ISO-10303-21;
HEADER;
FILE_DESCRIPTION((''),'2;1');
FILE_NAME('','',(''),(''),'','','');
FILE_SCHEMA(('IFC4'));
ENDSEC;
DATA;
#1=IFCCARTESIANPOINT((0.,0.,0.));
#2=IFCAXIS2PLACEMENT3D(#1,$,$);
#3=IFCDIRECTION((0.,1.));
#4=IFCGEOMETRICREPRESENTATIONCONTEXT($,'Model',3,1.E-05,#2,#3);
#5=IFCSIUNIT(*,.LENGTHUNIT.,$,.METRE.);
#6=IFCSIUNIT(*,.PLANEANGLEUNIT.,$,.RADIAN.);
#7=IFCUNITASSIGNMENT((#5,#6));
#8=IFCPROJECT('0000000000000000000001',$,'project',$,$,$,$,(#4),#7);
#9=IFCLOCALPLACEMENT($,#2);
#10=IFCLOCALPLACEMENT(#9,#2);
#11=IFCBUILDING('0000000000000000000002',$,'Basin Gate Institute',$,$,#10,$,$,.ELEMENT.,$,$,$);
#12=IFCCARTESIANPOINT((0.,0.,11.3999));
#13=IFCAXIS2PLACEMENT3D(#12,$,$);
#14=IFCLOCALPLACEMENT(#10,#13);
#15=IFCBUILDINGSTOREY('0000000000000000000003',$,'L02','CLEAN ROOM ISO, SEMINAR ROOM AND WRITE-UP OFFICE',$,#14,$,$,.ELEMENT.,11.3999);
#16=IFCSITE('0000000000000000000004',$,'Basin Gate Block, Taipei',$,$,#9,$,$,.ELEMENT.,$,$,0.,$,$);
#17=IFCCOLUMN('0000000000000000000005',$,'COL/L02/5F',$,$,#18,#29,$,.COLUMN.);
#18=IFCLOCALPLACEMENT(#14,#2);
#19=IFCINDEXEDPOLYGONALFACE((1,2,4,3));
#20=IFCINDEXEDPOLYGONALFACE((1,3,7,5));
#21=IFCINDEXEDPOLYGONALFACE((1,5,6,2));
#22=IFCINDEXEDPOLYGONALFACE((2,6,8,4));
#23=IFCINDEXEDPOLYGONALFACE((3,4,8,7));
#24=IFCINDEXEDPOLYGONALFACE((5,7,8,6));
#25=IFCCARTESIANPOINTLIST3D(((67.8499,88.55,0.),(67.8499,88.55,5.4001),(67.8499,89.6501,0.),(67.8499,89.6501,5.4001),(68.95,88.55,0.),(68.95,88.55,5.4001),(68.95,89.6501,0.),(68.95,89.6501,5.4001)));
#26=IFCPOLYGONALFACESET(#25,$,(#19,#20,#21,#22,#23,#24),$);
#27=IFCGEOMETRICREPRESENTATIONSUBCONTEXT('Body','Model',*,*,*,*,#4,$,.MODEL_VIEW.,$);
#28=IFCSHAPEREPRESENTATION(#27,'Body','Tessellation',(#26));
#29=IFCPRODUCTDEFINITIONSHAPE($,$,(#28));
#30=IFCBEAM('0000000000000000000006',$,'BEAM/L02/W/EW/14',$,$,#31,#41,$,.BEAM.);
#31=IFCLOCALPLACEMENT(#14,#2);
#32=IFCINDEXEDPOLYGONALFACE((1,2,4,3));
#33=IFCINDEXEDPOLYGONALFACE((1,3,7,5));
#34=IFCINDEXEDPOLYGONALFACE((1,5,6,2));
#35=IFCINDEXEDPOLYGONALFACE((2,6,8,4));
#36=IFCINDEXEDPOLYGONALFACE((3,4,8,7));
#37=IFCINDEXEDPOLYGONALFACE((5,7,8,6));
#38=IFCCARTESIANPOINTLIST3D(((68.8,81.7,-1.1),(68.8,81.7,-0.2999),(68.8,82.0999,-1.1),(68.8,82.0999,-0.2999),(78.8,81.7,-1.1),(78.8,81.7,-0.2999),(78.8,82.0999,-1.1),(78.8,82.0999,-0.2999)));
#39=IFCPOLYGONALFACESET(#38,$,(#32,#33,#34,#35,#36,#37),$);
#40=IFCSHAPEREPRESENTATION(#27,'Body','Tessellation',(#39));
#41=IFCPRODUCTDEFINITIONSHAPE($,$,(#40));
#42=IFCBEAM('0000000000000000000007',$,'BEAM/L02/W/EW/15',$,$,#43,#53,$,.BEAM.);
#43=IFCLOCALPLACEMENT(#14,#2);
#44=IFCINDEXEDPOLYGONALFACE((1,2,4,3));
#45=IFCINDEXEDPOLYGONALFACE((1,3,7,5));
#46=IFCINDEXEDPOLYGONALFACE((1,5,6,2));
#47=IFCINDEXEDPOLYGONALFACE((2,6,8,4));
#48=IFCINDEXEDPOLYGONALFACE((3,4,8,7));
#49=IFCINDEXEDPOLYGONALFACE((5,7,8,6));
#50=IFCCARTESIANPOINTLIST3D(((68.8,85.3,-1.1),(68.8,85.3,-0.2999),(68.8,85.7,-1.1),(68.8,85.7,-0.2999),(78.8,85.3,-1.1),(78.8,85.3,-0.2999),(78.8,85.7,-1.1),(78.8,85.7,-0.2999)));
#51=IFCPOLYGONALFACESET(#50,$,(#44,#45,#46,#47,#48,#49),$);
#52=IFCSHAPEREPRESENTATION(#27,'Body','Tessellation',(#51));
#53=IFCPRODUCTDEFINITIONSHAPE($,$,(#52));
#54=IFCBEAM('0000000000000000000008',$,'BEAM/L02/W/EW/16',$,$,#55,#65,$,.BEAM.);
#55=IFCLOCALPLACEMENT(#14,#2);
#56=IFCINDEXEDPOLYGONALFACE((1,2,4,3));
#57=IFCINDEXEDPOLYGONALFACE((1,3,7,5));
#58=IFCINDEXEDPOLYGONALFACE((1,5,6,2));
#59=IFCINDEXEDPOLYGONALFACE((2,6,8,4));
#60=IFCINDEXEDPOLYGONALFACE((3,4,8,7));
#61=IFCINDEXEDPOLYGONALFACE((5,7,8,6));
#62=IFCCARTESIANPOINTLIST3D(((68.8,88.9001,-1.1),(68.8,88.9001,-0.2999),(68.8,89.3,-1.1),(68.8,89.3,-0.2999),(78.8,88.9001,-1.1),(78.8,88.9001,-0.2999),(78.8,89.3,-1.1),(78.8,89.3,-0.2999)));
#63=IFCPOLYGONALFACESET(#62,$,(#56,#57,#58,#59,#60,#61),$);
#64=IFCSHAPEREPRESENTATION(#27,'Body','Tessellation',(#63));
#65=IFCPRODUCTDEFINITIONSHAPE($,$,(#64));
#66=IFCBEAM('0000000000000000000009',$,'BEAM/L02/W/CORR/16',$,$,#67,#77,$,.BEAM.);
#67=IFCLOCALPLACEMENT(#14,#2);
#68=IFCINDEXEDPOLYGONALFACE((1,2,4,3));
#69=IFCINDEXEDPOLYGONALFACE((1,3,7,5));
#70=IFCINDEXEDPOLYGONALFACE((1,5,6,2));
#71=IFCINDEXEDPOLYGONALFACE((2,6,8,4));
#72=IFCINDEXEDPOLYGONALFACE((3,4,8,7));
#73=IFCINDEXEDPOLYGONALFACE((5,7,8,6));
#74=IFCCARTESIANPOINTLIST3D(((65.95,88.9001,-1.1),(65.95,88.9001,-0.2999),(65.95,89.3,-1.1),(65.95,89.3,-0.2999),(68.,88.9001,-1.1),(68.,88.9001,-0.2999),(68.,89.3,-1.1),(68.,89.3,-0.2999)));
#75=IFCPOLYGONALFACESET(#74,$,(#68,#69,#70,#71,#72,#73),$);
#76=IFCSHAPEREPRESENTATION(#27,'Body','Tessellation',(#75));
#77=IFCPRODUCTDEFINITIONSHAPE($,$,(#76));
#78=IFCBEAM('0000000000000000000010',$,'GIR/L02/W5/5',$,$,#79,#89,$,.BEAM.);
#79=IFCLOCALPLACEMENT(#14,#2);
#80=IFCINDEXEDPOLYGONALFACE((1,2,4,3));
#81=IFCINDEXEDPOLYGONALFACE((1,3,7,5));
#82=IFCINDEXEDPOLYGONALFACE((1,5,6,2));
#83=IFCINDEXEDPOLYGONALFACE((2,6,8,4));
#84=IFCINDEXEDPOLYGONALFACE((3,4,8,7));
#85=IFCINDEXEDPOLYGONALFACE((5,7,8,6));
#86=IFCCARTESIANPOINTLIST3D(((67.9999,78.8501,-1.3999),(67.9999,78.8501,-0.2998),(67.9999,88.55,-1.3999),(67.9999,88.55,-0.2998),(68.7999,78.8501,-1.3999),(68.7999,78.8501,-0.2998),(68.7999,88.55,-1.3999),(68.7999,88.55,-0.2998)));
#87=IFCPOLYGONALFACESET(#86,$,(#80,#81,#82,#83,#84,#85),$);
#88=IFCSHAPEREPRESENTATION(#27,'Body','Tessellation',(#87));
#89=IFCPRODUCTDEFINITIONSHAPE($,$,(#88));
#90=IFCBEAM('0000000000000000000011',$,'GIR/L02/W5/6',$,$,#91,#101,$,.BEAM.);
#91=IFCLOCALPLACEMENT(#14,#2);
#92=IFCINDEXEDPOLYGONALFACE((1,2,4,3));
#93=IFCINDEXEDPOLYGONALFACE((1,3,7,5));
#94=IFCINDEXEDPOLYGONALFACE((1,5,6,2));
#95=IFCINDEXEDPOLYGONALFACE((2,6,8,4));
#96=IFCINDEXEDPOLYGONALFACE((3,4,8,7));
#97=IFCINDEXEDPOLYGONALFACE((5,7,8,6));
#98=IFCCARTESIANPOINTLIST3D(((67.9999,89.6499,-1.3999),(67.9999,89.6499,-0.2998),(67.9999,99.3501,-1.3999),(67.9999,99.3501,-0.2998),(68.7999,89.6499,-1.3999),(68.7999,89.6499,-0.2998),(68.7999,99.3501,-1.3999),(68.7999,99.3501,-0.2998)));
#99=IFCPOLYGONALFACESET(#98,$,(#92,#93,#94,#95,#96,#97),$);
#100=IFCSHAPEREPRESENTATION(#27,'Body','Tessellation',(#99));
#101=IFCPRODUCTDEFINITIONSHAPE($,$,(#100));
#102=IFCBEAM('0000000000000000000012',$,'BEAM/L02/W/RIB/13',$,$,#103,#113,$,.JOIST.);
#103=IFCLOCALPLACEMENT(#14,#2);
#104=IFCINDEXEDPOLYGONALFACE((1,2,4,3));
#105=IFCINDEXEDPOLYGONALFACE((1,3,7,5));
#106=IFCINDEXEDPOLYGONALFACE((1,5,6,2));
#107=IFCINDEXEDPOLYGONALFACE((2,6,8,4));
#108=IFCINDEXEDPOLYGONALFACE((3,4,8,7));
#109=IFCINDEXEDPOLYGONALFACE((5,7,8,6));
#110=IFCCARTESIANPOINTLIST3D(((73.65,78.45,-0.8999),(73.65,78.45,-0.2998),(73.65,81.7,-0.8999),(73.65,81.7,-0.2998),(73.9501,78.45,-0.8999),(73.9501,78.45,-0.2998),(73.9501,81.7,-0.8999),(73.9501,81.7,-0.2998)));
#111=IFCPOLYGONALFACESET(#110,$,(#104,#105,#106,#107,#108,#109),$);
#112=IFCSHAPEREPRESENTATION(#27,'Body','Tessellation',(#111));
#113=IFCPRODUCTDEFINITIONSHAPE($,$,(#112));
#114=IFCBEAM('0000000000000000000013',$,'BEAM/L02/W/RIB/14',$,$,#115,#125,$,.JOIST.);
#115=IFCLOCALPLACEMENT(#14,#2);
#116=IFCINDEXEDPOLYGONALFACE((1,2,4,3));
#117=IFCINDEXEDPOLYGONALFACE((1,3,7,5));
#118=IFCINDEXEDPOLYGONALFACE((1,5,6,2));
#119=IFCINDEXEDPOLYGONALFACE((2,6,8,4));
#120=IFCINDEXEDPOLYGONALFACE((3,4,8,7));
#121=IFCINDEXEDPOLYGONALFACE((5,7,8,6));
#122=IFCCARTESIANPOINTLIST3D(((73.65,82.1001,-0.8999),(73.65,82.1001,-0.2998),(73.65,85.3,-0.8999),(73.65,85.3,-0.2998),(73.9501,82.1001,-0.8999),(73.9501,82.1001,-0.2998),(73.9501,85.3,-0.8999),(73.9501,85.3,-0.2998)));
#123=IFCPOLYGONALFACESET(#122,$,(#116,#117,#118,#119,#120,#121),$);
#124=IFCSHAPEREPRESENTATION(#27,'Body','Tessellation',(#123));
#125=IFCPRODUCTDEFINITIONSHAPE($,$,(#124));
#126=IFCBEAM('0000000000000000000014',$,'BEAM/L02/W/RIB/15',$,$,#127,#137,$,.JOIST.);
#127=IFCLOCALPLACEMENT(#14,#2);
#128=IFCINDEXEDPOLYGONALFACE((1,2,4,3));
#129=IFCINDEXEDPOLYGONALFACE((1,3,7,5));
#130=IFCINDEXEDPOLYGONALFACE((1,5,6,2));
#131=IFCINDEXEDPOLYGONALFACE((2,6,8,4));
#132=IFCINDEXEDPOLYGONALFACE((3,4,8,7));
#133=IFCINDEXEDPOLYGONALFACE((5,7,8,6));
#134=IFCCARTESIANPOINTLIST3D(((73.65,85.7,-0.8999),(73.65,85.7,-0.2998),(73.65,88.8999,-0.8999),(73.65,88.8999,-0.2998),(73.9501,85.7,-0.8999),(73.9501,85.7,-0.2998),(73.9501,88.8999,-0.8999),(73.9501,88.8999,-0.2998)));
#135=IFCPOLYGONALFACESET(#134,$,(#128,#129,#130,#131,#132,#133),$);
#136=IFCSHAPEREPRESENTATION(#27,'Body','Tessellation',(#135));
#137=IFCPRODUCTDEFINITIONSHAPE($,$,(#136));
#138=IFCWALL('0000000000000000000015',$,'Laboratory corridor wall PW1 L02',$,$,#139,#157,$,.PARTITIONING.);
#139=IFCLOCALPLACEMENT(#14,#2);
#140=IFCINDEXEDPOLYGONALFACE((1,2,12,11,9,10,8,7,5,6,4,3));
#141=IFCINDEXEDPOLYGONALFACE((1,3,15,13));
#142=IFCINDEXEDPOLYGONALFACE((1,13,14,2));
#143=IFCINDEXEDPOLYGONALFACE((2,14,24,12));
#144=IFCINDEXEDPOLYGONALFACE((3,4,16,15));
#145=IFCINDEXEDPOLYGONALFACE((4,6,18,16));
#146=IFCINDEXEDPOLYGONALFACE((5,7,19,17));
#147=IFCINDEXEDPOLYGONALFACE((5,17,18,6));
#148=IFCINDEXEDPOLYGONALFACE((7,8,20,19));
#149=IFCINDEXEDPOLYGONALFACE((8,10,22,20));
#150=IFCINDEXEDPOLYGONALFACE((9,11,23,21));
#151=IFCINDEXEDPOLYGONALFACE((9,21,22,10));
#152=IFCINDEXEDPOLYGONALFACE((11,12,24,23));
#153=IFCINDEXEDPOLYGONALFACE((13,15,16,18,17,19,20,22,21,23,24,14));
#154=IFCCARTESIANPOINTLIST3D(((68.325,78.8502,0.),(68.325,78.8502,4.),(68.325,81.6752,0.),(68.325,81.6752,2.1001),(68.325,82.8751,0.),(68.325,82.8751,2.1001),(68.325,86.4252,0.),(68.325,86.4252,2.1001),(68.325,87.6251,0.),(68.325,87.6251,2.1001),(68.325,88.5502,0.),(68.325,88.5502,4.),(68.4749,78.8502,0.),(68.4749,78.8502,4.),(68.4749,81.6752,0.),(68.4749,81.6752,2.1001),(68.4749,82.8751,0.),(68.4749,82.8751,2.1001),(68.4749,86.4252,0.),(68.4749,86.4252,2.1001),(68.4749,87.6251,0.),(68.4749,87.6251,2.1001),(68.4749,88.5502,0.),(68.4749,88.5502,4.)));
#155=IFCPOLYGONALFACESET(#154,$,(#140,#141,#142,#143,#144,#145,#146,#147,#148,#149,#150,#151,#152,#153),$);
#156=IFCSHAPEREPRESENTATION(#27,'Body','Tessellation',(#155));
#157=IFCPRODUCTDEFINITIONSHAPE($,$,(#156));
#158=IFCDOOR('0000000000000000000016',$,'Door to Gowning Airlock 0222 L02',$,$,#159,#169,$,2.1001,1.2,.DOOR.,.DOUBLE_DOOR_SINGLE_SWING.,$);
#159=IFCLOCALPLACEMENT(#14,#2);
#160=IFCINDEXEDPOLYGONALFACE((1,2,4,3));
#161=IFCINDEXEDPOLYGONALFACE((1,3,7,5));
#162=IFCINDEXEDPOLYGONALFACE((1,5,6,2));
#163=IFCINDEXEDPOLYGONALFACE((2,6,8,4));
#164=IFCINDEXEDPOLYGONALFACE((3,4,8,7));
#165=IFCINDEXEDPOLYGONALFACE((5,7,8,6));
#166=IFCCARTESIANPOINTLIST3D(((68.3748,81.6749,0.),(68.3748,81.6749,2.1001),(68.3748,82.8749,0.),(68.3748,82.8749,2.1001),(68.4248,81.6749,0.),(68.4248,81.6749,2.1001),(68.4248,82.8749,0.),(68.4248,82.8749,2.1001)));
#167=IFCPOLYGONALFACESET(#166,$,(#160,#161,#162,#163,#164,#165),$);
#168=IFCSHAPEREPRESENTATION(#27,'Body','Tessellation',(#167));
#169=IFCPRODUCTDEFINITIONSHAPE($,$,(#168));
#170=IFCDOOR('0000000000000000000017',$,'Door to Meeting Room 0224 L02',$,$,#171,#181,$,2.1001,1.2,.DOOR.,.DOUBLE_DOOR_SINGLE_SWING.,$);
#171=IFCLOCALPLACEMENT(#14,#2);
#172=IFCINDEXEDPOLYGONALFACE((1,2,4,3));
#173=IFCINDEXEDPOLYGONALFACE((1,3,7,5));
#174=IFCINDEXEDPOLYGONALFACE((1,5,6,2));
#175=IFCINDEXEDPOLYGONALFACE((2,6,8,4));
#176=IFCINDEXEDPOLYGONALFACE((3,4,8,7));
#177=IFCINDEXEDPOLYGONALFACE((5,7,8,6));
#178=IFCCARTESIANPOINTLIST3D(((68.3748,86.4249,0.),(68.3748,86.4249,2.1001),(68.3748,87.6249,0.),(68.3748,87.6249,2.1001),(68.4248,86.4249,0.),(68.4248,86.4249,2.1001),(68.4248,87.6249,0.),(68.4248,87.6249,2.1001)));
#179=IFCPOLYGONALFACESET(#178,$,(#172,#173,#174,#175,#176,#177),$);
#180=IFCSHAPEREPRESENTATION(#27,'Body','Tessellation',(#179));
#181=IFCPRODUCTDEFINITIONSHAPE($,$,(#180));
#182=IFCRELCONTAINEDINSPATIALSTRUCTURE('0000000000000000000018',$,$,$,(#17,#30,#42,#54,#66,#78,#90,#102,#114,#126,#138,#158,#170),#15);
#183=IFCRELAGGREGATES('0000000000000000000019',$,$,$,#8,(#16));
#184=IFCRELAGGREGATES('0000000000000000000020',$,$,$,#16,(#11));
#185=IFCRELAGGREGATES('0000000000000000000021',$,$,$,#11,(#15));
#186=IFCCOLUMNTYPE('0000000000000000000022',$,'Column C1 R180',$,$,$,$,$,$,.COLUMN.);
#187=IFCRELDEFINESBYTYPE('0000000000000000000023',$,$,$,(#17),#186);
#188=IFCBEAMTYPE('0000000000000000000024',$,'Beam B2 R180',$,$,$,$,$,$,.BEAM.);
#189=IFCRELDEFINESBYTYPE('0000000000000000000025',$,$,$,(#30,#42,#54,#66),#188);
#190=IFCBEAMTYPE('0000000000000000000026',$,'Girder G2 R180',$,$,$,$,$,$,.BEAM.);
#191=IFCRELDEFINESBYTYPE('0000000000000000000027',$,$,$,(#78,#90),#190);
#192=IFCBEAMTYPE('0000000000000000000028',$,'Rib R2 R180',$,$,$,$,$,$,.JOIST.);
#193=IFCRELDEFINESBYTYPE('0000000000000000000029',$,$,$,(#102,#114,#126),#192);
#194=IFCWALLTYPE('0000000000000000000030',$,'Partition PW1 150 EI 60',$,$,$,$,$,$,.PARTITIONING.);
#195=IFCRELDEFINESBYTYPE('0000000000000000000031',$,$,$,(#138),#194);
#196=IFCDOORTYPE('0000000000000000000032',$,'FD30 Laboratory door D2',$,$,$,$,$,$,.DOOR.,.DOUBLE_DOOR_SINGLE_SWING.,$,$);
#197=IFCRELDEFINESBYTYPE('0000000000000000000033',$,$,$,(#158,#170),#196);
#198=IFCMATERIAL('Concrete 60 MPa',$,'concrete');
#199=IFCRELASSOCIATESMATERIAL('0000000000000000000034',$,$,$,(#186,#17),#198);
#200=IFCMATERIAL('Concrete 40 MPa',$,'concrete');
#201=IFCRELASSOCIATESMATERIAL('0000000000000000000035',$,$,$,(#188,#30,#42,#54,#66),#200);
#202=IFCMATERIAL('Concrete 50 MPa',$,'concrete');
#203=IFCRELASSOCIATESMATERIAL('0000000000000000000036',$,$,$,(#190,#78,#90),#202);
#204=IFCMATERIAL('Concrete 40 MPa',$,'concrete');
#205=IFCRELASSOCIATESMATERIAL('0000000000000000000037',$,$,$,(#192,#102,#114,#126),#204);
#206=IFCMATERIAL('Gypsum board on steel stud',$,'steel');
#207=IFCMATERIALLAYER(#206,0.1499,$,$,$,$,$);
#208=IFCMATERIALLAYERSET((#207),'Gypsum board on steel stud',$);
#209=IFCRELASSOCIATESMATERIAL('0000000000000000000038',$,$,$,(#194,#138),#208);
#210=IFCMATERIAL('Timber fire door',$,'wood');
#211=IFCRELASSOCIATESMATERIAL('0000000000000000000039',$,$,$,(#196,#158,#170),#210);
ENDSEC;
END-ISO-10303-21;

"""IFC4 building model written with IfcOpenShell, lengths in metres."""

from ifc_helpers import new_model, si_unit, direction, frame, frame_2d, origin, origin_2d, place, context, subcontext, project, spatial, rectangle, extrude, material, layer, layer_set, material_profile, profile_set, type_object, element, fill, save


model = new_model("IFC4")

# Units and contexts
model_context = context("Model", 3, precision=1e-05, world=origin(), true_north=direction((0.0, 1.0)))
body_context = subcontext(model_context, "Body", "Model", "MODEL_VIEW")
ifc_project = project(units=[si_unit("LENGTHUNIT", "METRE"), si_unit("PLANEANGLEUNIT", "RADIAN")], contexts=[model_context])

# Site, building, storey
site_placement = place(None, origin())
site = spatial("IfcSite", under=ifc_project, at=site_placement, Name="Basin Gate Block, Taipei", CompositionType="ELEMENT", RefElevation=0.0)
building_placement = place(site_placement, origin())
building = spatial("IfcBuilding", under=site, at=building_placement, Name="Basin Gate Institute", CompositionType="ELEMENT")
storey_placement = place(building_placement, frame((0.0, 0.0, 11.3999)))
storey = spatial("IfcBuildingStorey", under=building, at=storey_placement, Name="L02", Description="CLEAN ROOM ISO, SEMINAR ROOM AND WRITE-UP OFFICE", CompositionType="ELEMENT", Elevation=11.3999)

# Column
ifc_material_1 = material(Name="Concrete 60 MPa", Category="concrete")
ifc_material_profile_1 = material_profile(ifc_material_1, rectangle(XDim=1.1001, YDim=1.1001, at=origin_2d()), Name="Column C1 1100 x 1100")
ifc_profile_set_1 = profile_set([ifc_material_profile_1], Name="Concrete 60 MPa")
column_type = type_object("IfcColumnType", Name="Column C1 R180", PredefinedType="COLUMN", material=ifc_profile_set_1)
column_placement = place(storey_placement, frame((68.3999, 89.1001, 0.0), z_axis=(0.0, 0.0, 1.0), x_axis=(1.0, 0.0, 0.0)))
element("IfcColumn", 1, at=column_placement, inside=storey, type_object=column_type, material=ifc_profile_set_1, Name="COL/L02/5F", PredefinedType="COLUMN", context=body_context, shape_type="SweptSolid", body=[
    extrude(rectangle(XDim=1.1001, YDim=1.1001, at=origin_2d()), origin(), (0.0, 0.0, 1.0), 5.4001),
])

# Beams
ifc_material_2 = material(Name="Concrete 40 MPa", Category="concrete")
ifc_material_profile_2 = material_profile(ifc_material_2, rectangle(XDim=0.3999, YDim=0.8, at=origin_2d()), Name="Beam B2 400 x 800")
ifc_profile_set_2 = profile_set([ifc_material_profile_2], Name="Concrete 40 MPa")
beam_type_1 = type_object("IfcBeamType", Name="Beam B2 R180", PredefinedType="BEAM", material=ifc_profile_set_2)
for number, where, z_axis, x_axis, name in (
    (2, (68.8, 81.8999, -0.7), (1.0, 0.0, 0.0), (0.0, 1.0, 0.0), "BEAM/L02/W/EW/14"),
    (3, (68.8, 85.5, -0.7), (1.0, 0.0, 0.0), (0.0, 1.0, 0.0), "BEAM/L02/W/EW/15"),
    (4, (68.8, 89.1001, -0.7), (1.0, 0.0, 0.0), (0.0, 1.0, 0.0), "BEAM/L02/W/EW/16"),
):
    element("IfcBeam", number, at=place(storey_placement, frame(where, z_axis=z_axis, x_axis=x_axis)), inside=storey, type_object=beam_type_1, material=ifc_profile_set_2, Name=name, PredefinedType="BEAM", context=body_context, shape_type="SweptSolid", body=[
        extrude(rectangle(XDim=0.3999, YDim=0.8, at=origin_2d()), origin(), (0.0, 0.0, 1.0), 10.0),
    ])
beam_1_placement = place(storey_placement, frame((65.95, 89.1001, -0.7), z_axis=(1.0, 0.0, 0.0), x_axis=(0.0, 1.0, 0.0)))
element("IfcBeam", 5, at=beam_1_placement, inside=storey, type_object=beam_type_1, material=ifc_profile_set_2, Name="BEAM/L02/W/CORR/16", PredefinedType="BEAM", context=body_context, shape_type="SweptSolid", body=[
    extrude(rectangle(XDim=0.3999, YDim=0.8, at=origin_2d()), origin(), (0.0, 0.0, 1.0), 2.05),
])
ifc_material_3 = material(Name="Concrete 50 MPa", Category="concrete")
ifc_material_profile_3 = material_profile(ifc_material_3, rectangle(XDim=0.8, YDim=1.1001, at=origin_2d()), Name="Girder G2 800 x 1100")
ifc_profile_set_3 = profile_set([ifc_material_profile_3], Name="Concrete 50 MPa")
beam_type_2 = type_object("IfcBeamType", Name="Girder G2 R180", PredefinedType="BEAM", material=ifc_profile_set_3)
beam_2_placement = place(storey_placement, frame((68.3999, 78.8501, -0.8499), z_axis=(0.0, 1.0, 0.0), x_axis=(-1.0, 0.0, 0.0)))
element("IfcBeam", 6, at=beam_2_placement, inside=storey, type_object=beam_type_2, material=ifc_profile_set_3, Name="GIR/L02/W5/5", PredefinedType="BEAM", context=body_context, shape_type="SweptSolid", body=[
    extrude(rectangle(XDim=0.8, YDim=1.1001, at=origin_2d()), origin(), (0.0, 0.0, 1.0), 9.7),
])
beam_3_placement = place(storey_placement, frame((68.3999, 89.6499, -0.8499), z_axis=(0.0, 1.0, 0.0), x_axis=(-1.0, 0.0, 0.0)))
element("IfcBeam", 7, at=beam_3_placement, inside=storey, type_object=beam_type_2, material=ifc_profile_set_3, Name="GIR/L02/W5/6", PredefinedType="BEAM", context=body_context, shape_type="SweptSolid", body=[
    extrude(rectangle(XDim=0.8, YDim=1.1001, at=origin_2d()), origin(), (0.0, 0.0, 1.0), 9.7002),
])
ifc_material_4 = material(Name="Concrete 40 MPa", Category="concrete")
ifc_material_profile_4 = material_profile(ifc_material_4, rectangle(XDim=0.3, YDim=0.6001, at=origin_2d()), Name="Rib R2 300 x 600")
ifc_profile_set_4 = profile_set([ifc_material_profile_4], Name="Concrete 40 MPa")
beam_type_3 = type_object("IfcBeamType", Name="Rib R2 R180", PredefinedType="JOIST", material=ifc_profile_set_4)
beam_4_placement = place(storey_placement, frame((73.8, 78.45, -0.5999), z_axis=(0.0, 1.0, 0.0), x_axis=(-1.0, 0.0, 0.0)))
element("IfcBeam", 8, at=beam_4_placement, inside=storey, type_object=beam_type_3, material=ifc_profile_set_4, Name="BEAM/L02/W/RIB/13", PredefinedType="JOIST", context=body_context, shape_type="SweptSolid", body=[
    extrude(rectangle(XDim=0.3, YDim=0.6001, at=origin_2d()), origin(), (0.0, 0.0, 1.0), 3.25),
])
for number, where, z_axis, x_axis, name in (
    (9, (73.8, 82.1001, -0.5999), (0.0, 1.0, 0.0), (-1.0, 0.0, 0.0), "BEAM/L02/W/RIB/14"),
    (10, (73.8, 85.7, -0.5999), (0.0, 1.0, 0.0), (-1.0, 0.0, 0.0), "BEAM/L02/W/RIB/15"),
):
    element("IfcBeam", number, at=place(storey_placement, frame(where, z_axis=z_axis, x_axis=x_axis)), inside=storey, type_object=beam_type_3, material=ifc_profile_set_4, Name=name, PredefinedType="JOIST", context=body_context, shape_type="SweptSolid", body=[
        extrude(rectangle(XDim=0.3, YDim=0.6001, at=origin_2d()), origin(), (0.0, 0.0, 1.0), 3.2),
    ])

# Wall, openings, doors
ifc_material_5 = material(Name="Gypsum board on steel stud", Category="steel")
ifc_layer_1 = layer(ifc_material_5, 0.1499)
ifc_layer_set_1 = layer_set([ifc_layer_1], Name="Gypsum board on steel stud")
wall_type_1 = type_object("IfcWallType", Name="Partition PW1 150 EI 60", PredefinedType="PARTITIONING", material=ifc_layer_set_1)
wall_1_placement = place(storey_placement, frame((68.3999, 78.8501, 0.0), z_axis=(0.0, 0.0, 1.0), x_axis=(0.0, 1.0, 0.0)))
wall_1 = element("IfcWall", 11, at=wall_1_placement, inside=storey, type_object=wall_type_1, material=ifc_layer_set_1, Name="Laboratory corridor wall PW1 L02", PredefinedType="PARTITIONING", context=body_context, shape_type="SweptSolid", body=[
    extrude(rectangle(XDim=9.7, YDim=0.1499, at=frame_2d((4.8501, 0.0))), origin(), (0.0, 0.0, 1.0), 4.0),
])
opening_1_placement = place(wall_1_placement, frame((2.825, 0.0, 0.0)))
opening_1 = element("IfcOpeningElement", 12, at=opening_1_placement, cuts=wall_1, PredefinedType="OPENING", context=body_context, shape_type="SweptSolid", body=[
    extrude(rectangle(XDim=1.2, YDim=2.1001, at=frame_2d((0.6001, 1.05))), frame((0.0, 0.085, 0.0), z_axis=(0.0, -1.0, 0.0), x_axis=(1.0, 0.0, 0.0)), (0.0, 0.0, 1.0), 0.1699),
])
opening_2_placement = place(wall_1_placement, frame((7.575, 0.0, 0.0)))
opening_2 = element("IfcOpeningElement", 13, at=opening_2_placement, cuts=wall_1, PredefinedType="OPENING", context=body_context, shape_type="SweptSolid", body=[
    extrude(rectangle(XDim=1.2, YDim=2.1001, at=frame_2d((0.6001, 1.05))), frame((0.0, 0.085, 0.0), z_axis=(0.0, -1.0, 0.0), x_axis=(1.0, 0.0, 0.0)), (0.0, 0.0, 1.0), 0.1699),
])
ifc_material_6 = material(Name="Timber fire door", Category="wood")
door_type_1 = type_object("IfcDoorType", Name="FD30 Laboratory door D2", OperationType="DOUBLE_DOOR_SINGLE_SWING", PredefinedType="DOOR", material=ifc_material_6)
door_1_placement = place(opening_1_placement, frame((1.2, 0.0, 0.0), z_axis=(0.0, 0.0, 1.0), x_axis=(-1.0, 0.0, 0.0)))
door_1 = element("IfcDoor", 14, at=door_1_placement, inside=storey, type_object=door_type_1, material=ifc_material_6, Name="Door to Gowning Airlock 0222 L02", OperationType="DOUBLE_DOOR_SINGLE_SWING", OverallHeight=2.1001, OverallWidth=1.2, PredefinedType="DOOR", context=body_context, shape_type="SweptSolid", body=[
    extrude(rectangle(XDim=1.2, YDim=2.1001, at=frame_2d((0.6001, 1.05))), frame((0.0, 0.0249, 0.0), z_axis=(0.0, -1.0, 0.0), x_axis=(1.0, 0.0, 0.0)), (0.0, 0.0, 1.0), 0.05),
])
fill(opening_1, door_1)
door_2_placement = place(opening_2_placement, frame((1.2, 0.0, 0.0), z_axis=(0.0, 0.0, 1.0), x_axis=(-1.0, 0.0, 0.0)))
door_2 = element("IfcDoor", 15, at=door_2_placement, inside=storey, type_object=door_type_1, material=ifc_material_6, Name="Door to Meeting Room 0224 L02", OperationType="DOUBLE_DOOR_SINGLE_SWING", OverallHeight=2.1001, OverallWidth=1.2, PredefinedType="DOOR", context=body_context, shape_type="SweptSolid", body=[
    extrude(rectangle(XDim=1.2, YDim=2.1001, at=frame_2d((0.6001, 1.05))), frame((0.0, 0.0249, 0.0), z_axis=(0.0, -1.0, 0.0), x_axis=(1.0, 0.0, 0.0)), (0.0, 0.0, 1.0), 0.05),
])
fill(opening_2, door_2)

save(model, "model.ifc")
